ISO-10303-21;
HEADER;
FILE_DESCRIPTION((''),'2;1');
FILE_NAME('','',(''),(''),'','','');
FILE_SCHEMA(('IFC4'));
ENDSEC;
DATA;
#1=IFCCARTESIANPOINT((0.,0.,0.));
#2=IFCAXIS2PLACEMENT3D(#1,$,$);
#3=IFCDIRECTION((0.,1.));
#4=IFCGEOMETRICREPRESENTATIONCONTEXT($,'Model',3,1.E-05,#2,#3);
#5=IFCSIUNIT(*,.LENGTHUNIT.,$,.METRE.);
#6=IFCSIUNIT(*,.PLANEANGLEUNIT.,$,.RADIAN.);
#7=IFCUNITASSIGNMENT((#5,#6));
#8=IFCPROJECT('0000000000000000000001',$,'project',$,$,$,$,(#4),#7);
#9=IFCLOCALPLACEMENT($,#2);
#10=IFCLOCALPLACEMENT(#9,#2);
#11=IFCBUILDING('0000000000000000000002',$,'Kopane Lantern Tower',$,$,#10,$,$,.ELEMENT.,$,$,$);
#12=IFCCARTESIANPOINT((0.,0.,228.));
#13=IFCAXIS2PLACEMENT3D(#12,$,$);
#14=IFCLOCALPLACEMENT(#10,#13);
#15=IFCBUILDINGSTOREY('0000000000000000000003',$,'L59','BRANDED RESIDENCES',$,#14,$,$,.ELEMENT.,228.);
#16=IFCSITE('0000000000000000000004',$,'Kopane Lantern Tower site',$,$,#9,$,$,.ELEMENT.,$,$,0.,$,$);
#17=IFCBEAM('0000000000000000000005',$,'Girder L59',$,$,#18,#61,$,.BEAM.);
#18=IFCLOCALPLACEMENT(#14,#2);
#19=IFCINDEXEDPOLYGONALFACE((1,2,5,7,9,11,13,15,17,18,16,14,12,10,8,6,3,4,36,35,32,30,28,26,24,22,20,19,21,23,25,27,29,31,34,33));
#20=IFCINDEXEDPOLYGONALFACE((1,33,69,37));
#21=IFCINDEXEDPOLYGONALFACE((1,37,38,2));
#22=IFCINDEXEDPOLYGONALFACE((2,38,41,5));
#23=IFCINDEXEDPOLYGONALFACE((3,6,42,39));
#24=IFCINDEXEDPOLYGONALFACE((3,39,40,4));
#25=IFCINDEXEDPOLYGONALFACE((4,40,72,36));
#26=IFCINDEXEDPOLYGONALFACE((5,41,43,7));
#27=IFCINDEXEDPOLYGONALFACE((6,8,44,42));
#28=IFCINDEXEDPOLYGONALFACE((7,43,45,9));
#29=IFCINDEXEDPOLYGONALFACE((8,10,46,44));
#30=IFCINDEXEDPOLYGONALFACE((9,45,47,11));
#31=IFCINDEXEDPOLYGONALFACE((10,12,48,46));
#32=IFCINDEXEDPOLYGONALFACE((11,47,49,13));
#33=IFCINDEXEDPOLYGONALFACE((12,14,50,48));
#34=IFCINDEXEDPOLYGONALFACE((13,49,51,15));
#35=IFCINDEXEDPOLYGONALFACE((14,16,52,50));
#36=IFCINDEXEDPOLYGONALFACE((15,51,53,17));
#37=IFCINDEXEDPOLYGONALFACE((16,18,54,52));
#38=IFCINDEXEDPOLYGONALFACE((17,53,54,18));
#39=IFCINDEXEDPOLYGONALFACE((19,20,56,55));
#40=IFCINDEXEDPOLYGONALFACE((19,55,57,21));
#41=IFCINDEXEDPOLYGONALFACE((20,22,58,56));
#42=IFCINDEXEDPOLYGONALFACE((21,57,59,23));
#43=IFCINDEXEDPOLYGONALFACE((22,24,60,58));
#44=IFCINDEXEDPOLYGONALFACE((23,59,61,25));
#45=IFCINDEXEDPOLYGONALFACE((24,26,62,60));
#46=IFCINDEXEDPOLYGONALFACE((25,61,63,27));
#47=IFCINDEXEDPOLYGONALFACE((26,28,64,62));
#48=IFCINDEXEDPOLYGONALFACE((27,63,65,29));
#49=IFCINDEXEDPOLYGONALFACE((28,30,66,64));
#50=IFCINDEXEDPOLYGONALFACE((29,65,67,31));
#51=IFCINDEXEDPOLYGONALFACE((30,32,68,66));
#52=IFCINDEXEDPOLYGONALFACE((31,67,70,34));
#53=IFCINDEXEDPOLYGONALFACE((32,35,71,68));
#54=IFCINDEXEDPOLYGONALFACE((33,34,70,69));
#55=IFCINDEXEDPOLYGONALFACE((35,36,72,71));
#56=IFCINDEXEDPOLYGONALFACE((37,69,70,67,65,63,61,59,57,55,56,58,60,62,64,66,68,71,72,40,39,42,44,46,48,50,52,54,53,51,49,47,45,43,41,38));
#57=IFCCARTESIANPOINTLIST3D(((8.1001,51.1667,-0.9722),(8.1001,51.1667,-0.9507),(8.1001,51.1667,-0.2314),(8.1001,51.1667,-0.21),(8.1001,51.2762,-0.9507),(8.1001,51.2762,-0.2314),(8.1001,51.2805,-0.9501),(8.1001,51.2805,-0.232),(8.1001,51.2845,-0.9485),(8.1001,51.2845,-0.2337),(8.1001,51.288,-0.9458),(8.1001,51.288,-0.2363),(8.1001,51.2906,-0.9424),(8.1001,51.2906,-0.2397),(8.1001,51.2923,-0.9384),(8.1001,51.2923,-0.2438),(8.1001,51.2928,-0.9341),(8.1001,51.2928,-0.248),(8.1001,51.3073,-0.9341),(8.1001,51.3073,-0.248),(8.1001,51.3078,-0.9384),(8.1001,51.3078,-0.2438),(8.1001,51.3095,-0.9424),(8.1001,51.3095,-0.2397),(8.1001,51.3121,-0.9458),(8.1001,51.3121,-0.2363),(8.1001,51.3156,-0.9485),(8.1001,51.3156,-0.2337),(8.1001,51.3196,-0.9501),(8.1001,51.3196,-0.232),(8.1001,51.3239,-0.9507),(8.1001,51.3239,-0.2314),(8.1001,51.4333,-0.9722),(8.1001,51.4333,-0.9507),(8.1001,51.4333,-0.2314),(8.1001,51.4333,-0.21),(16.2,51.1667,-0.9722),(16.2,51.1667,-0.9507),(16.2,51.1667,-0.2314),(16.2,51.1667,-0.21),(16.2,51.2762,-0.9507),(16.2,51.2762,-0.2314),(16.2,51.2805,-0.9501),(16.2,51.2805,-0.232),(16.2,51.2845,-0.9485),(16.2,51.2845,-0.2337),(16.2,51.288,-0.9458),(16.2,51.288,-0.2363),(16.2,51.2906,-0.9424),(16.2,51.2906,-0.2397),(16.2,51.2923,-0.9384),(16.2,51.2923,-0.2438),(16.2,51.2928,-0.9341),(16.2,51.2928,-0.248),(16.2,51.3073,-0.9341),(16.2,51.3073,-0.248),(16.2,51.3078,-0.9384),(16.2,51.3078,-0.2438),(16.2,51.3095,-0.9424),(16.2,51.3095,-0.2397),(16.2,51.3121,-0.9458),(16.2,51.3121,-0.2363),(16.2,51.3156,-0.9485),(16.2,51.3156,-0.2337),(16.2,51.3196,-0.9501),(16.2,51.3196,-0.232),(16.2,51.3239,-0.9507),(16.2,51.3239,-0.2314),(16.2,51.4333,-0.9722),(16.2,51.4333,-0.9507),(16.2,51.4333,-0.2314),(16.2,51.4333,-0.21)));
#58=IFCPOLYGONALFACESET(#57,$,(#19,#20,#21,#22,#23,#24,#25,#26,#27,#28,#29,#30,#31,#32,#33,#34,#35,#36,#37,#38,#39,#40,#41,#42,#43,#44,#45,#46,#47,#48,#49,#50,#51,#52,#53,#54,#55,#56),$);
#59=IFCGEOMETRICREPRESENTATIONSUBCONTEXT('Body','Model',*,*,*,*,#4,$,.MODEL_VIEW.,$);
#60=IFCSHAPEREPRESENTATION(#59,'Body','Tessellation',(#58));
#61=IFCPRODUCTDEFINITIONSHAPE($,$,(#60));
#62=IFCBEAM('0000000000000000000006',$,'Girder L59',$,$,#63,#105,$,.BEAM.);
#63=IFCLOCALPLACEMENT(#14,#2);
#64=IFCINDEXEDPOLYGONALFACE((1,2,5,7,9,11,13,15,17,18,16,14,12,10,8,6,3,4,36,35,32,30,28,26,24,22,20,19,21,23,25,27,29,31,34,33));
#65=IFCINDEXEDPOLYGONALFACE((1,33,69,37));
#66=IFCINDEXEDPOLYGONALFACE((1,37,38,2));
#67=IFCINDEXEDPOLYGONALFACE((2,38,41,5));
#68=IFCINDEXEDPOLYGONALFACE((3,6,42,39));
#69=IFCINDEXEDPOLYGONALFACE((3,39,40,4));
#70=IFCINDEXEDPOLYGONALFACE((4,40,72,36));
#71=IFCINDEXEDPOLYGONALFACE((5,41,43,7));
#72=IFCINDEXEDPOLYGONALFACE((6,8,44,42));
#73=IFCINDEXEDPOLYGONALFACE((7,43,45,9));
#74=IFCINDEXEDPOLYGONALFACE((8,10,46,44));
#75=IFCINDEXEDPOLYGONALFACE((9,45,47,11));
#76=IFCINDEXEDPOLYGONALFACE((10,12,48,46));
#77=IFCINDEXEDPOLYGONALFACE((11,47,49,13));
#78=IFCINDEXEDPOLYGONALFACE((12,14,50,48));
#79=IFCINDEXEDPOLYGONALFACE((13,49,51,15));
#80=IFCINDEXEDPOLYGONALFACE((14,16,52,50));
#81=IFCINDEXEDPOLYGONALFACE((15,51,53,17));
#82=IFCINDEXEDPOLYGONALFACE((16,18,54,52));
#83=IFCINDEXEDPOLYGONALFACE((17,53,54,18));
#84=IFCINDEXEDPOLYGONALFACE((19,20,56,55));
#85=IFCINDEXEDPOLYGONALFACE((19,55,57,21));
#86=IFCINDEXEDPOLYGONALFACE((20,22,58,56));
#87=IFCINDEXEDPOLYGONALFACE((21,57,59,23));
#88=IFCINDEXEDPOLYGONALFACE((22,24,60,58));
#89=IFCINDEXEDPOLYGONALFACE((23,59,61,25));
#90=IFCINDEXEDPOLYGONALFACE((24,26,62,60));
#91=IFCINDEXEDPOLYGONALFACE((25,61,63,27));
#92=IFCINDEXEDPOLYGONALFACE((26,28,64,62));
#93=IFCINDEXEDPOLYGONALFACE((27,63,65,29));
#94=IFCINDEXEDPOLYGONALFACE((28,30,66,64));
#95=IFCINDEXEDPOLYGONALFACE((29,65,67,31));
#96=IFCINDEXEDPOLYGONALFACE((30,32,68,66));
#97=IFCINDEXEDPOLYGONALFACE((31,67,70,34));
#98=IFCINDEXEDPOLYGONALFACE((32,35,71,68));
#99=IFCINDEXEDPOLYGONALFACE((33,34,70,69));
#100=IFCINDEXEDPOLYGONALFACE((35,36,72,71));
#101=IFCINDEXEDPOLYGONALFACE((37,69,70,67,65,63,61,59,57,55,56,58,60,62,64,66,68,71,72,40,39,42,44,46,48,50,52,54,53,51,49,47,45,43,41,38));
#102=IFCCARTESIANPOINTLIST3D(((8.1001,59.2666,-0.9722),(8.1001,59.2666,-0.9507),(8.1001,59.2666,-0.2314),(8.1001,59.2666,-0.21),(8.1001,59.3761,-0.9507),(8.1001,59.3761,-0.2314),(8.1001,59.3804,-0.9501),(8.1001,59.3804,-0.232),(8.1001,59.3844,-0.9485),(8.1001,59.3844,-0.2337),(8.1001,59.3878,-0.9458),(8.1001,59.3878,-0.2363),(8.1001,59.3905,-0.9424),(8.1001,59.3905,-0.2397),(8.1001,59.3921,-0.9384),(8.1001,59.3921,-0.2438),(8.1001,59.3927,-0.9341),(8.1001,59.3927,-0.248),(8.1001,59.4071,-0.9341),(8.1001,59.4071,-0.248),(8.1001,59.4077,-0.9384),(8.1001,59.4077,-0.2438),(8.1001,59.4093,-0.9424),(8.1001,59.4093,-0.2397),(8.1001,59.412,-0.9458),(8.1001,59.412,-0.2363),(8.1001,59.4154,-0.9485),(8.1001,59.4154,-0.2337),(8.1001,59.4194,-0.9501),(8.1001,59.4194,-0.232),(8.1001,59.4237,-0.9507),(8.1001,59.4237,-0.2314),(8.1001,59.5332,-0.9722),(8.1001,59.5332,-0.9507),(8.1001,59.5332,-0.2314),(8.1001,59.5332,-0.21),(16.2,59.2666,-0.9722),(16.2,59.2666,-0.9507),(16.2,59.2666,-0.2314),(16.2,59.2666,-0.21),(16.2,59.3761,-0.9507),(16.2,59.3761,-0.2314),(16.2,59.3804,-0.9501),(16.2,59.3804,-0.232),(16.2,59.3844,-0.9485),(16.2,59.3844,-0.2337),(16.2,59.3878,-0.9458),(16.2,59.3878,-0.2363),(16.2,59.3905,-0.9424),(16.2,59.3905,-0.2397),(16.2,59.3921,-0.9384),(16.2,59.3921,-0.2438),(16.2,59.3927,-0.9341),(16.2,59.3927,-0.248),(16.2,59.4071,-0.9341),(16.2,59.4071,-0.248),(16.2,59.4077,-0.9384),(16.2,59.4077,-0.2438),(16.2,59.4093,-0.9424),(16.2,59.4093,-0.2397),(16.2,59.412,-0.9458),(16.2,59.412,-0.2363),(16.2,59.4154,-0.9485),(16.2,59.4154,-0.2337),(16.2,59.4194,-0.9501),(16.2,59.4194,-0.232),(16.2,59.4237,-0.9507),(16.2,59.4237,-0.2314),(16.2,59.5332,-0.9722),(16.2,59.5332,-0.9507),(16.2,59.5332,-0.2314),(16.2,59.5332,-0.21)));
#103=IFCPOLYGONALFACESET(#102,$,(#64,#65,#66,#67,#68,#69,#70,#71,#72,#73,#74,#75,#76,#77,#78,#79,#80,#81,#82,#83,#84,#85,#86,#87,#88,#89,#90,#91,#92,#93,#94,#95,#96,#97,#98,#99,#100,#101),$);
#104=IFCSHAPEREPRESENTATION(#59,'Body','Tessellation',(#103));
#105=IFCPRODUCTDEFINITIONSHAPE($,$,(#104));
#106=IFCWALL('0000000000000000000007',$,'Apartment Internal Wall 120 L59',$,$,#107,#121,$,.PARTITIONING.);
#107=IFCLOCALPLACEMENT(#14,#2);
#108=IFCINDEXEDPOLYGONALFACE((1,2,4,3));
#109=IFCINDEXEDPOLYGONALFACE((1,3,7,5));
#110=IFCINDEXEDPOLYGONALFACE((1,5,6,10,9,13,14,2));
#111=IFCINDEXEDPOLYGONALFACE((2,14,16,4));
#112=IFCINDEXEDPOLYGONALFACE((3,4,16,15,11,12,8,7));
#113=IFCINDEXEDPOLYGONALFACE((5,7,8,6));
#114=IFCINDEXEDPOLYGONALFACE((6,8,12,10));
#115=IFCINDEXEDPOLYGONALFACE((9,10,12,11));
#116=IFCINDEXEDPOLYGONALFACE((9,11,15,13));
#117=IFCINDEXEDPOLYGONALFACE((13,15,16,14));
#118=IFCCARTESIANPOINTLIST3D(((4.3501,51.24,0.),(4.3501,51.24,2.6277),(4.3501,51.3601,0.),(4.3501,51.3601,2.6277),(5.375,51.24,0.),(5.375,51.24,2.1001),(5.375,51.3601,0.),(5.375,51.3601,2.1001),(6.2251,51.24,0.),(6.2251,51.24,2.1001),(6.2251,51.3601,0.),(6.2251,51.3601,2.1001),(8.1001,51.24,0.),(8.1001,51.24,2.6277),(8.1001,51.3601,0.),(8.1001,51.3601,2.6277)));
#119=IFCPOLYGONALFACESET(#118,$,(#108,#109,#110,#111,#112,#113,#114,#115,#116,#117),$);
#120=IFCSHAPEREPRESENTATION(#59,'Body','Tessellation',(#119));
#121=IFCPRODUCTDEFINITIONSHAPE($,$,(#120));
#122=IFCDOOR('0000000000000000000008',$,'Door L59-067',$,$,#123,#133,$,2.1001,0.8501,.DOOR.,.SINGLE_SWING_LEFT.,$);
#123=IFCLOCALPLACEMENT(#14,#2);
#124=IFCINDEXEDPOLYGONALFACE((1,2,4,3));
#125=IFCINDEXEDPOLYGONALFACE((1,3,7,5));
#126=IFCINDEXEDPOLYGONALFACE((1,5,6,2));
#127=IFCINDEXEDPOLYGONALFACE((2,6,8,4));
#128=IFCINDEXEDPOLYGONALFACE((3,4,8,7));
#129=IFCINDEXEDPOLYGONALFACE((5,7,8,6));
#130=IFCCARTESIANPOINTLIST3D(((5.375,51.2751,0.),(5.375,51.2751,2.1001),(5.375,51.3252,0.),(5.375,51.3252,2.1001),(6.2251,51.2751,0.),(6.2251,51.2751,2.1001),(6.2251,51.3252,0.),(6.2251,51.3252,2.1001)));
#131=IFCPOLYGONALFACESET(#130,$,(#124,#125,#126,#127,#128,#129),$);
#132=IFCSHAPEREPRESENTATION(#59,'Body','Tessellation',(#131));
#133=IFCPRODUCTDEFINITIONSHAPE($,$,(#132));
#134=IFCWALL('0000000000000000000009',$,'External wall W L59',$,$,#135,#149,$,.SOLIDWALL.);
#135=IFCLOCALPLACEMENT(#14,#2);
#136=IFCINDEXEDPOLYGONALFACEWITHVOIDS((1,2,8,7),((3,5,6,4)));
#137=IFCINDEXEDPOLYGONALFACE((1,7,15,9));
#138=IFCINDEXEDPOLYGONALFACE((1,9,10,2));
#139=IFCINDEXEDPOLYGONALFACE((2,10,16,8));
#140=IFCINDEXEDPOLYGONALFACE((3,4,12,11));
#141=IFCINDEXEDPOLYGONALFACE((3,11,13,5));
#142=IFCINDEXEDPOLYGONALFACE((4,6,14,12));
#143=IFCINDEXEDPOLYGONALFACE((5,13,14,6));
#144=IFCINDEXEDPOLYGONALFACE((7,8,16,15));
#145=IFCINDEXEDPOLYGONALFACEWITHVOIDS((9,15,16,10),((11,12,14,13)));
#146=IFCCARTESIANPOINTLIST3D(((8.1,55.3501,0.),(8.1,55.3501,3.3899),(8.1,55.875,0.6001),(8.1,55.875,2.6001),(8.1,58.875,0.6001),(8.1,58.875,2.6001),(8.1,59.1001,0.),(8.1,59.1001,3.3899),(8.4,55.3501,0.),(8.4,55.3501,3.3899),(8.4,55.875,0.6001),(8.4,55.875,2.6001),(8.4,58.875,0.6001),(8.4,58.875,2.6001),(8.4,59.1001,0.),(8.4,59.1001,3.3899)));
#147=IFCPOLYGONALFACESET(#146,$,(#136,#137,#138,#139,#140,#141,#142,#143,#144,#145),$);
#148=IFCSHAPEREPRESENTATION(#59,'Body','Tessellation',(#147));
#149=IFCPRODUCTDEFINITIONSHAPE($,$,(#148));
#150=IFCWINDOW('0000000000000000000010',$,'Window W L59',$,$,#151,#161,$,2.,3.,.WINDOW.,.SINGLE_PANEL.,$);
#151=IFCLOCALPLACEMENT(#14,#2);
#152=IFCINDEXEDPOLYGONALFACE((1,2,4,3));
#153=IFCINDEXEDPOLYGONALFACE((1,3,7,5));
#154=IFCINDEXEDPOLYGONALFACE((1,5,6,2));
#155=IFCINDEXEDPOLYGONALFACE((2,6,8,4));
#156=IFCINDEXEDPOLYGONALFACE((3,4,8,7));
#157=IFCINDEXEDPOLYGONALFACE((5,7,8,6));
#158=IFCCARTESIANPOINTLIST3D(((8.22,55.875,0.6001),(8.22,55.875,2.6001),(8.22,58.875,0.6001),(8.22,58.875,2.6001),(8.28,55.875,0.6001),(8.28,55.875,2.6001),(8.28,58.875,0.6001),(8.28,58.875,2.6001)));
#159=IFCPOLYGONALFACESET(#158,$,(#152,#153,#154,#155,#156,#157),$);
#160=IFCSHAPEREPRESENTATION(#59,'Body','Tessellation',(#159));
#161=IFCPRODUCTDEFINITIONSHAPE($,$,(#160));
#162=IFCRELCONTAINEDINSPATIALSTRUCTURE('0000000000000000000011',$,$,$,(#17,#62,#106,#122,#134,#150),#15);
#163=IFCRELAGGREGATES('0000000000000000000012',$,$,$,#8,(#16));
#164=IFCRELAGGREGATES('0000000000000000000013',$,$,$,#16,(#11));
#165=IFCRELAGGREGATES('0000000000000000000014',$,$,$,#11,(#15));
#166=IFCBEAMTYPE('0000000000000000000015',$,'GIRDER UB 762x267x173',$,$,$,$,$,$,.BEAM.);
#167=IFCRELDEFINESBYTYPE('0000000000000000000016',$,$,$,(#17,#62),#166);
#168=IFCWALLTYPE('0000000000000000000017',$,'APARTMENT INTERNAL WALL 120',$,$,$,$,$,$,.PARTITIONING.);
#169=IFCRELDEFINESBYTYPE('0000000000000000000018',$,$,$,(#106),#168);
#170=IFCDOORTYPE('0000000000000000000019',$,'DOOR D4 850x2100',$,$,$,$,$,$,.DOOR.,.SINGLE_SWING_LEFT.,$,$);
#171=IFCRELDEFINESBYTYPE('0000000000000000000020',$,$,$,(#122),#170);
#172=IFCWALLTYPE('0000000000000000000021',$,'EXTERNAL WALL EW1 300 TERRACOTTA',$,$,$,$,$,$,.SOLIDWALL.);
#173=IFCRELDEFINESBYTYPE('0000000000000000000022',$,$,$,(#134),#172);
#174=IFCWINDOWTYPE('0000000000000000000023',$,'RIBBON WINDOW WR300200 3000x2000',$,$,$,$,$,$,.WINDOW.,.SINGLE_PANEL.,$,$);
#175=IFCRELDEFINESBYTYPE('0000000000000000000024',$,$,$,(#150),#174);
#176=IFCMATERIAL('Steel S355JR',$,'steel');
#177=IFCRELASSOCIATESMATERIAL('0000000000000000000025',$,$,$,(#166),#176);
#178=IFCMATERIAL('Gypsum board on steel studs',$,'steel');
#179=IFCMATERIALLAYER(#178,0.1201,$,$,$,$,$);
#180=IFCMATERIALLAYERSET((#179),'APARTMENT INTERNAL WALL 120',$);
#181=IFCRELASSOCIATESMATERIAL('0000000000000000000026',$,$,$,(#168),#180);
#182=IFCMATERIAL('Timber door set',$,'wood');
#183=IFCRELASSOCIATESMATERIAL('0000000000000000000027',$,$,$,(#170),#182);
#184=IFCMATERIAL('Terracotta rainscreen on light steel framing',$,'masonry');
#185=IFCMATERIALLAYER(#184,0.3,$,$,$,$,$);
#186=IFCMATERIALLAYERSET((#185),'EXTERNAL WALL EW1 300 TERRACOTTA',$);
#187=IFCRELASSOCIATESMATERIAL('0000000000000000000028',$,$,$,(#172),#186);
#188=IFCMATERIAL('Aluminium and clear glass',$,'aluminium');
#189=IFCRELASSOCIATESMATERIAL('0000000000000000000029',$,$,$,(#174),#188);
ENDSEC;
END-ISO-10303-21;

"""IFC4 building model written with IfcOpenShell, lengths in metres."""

from ifc_helpers import new_model, si_unit, direction, frame, frame_2d, origin, origin_2d, place, context, subcontext, project, spatial, rectangle, i_section, extrude, material, layer, layer_set, material_profile, profile_set, type_object, element, fill, save


model = new_model("IFC4")

# Units and contexts
model_context = context("Model", 3, precision=1e-05, world=origin(), true_north=direction((0.0, 1.0)))
body_context = subcontext(model_context, "Body", "Model", "MODEL_VIEW")
ifc_project = project(units=[si_unit("LENGTHUNIT", "METRE"), si_unit("PLANEANGLEUNIT", "RADIAN")], contexts=[model_context])

# Site, building, storey
site_placement = place(None, origin())
site = spatial("IfcSite", under=ifc_project, at=site_placement, Name="Kopane Lantern Tower site", CompositionType="ELEMENT", RefElevation=0.0)
building_placement = place(site_placement, origin())
building = spatial("IfcBuilding", under=site, at=building_placement, Name="Kopane Lantern Tower", CompositionType="ELEMENT")
storey_placement = place(building_placement, frame((0.0, 0.0, 228.0)))
storey = spatial("IfcBuildingStorey", under=building, at=storey_placement, Name="L59", Description="BRANDED RESIDENCES", CompositionType="ELEMENT", Elevation=228.0)

# Beams
ifc_material_1 = material(Name="Steel S355JR", Category="steel")
ifc_material_profile_1 = material_profile(ifc_material_1, i_section(OverallWidth=0.2666, OverallDepth=0.7622, WebThickness=0.0144, FlangeThickness=0.0215, FilletRadius=0.0166, at=origin_2d()), Name="UB 762x267x173")
ifc_profile_set_1 = profile_set([ifc_material_profile_1], Name="Steel S355JR")
beam_type_1 = type_object("IfcBeamType", Name="GIRDER UB 762x267x173", PredefinedType="BEAM", material=ifc_profile_set_1)
for number, where, z_axis, x_axis, name in (
    (1, (8.1001, 51.3, -0.5911), (1.0, 0.0, 0.0), (0.0, 1.0, 0.0), "Girder L59"),
    (2, (8.1001, 59.3999, -0.5911), (1.0, 0.0, 0.0), (0.0, 1.0, 0.0), "Girder L59"),
):
    element("IfcBeam", number, at=place(storey_placement, frame(where, z_axis=z_axis, x_axis=x_axis)), inside=storey, type_object=beam_type_1, Name=name, PredefinedType="BEAM", context=body_context, shape_type="SweptSolid", body=[
        extrude(i_section(OverallWidth=0.2666, OverallDepth=0.7622, WebThickness=0.0144, FlangeThickness=0.0215, FilletRadius=0.0166, at=origin_2d()), origin(), (0.0, 0.0, 1.0), 8.0999),
    ])

# Wall, opening, door
ifc_material_2 = material(Name="Gypsum board on steel studs", Category="steel")
ifc_layer_1 = layer(ifc_material_2, 0.1201)
ifc_layer_set_1 = layer_set([ifc_layer_1], Name="APARTMENT INTERNAL WALL 120")
wall_type_1 = type_object("IfcWallType", Name="APARTMENT INTERNAL WALL 120", PredefinedType="PARTITIONING", material=ifc_layer_set_1)
wall_1_placement = place(storey_placement, frame((8.1001, 51.3, 0.0), z_axis=(0.0, 0.0, 1.0), x_axis=(-1.0, 0.0, 0.0)))
wall_1 = element("IfcWall", 3, at=wall_1_placement, inside=storey, type_object=wall_type_1, Name="Apartment Internal Wall 120 L59", PredefinedType="PARTITIONING", context=body_context, shape_type="SweptSolid", body=[
    extrude(rectangle(XDim=3.75, YDim=0.1201, at=frame_2d((1.875, 0.0))), origin(), (0.0, 0.0, 1.0), 2.6277),
])
opening_1_placement = place(wall_1_placement, frame((1.875, 0.0, 0.0)))
opening_1 = element("IfcOpeningElement", 4, at=opening_1_placement, cuts=wall_1, PredefinedType="OPENING", context=body_context, shape_type="SweptSolid", body=[
    extrude(rectangle(XDim=0.8501, YDim=2.1001, at=frame_2d((0.425, 1.05))), frame((0.0, 0.0701, 0.0), z_axis=(0.0, -1.0, 0.0), x_axis=(1.0, 0.0, 0.0)), (0.0, 0.0, 1.0), 0.1401),
])
ifc_material_3 = material(Name="Timber door set", Category="wood")
door_type = type_object("IfcDoorType", Name="DOOR D4 850x2100", OperationType="SINGLE_SWING_LEFT", PredefinedType="DOOR", material=ifc_material_3)
door_placement = place(opening_1_placement, origin())
door = element("IfcDoor", 5, at=door_placement, inside=storey, type_object=door_type, Name="Door L59-067", OperationType="SINGLE_SWING_LEFT", OverallHeight=2.1001, OverallWidth=0.8501, PredefinedType="DOOR", context=body_context, shape_type="SweptSolid", body=[
    extrude(rectangle(XDim=0.8501, YDim=2.1001, at=frame_2d((0.425, 1.05))), frame((0.0, 0.0249, 0.0), z_axis=(0.0, -1.0, 0.0), x_axis=(1.0, 0.0, 0.0)), (0.0, 0.0, 1.0), 0.05),
])
fill(opening_1, door)

# Wall, opening, window
ifc_material_4 = material(Name="Terracotta rainscreen on light steel framing", Category="masonry")
ifc_layer_2 = layer(ifc_material_4, 0.3)
ifc_layer_set_2 = layer_set([ifc_layer_2], Name="EXTERNAL WALL EW1 300 TERRACOTTA")
wall_type_2 = type_object("IfcWallType", Name="EXTERNAL WALL EW1 300 TERRACOTTA", PredefinedType="SOLIDWALL", material=ifc_layer_set_2)
wall_2_placement = place(storey_placement, frame((8.25, 59.1001, 0.0), z_axis=(0.0, 0.0, 1.0), x_axis=(0.0, -1.0, 0.0)))
wall_2 = element("IfcWall", 6, at=wall_2_placement, inside=storey, type_object=wall_type_2, Name="External wall W L59", PredefinedType="SOLIDWALL", context=body_context, shape_type="SweptSolid", body=[
    extrude(rectangle(XDim=3.75, YDim=0.3, at=frame_2d((1.875, 0.0))), origin(), (0.0, 0.0, 1.0), 3.3899),
])
opening_2_placement = place(wall_2_placement, frame((0.2251, 0.0, 0.6001)))
opening_2 = element("IfcOpeningElement", 7, at=opening_2_placement, cuts=wall_2, PredefinedType="OPENING", context=body_context, shape_type="SweptSolid", body=[
    extrude(rectangle(XDim=3.0, YDim=2.0, at=frame_2d((1.5, 1.0))), frame((0.0, 0.1599, 0.0), z_axis=(0.0, -1.0, 0.0), x_axis=(1.0, 0.0, 0.0)), (0.0, 0.0, 1.0), 0.3201),
])
ifc_material_5 = material(Name="Aluminium and clear glass", Category="aluminium")
window_type = type_object("IfcWindowType", Name="RIBBON WINDOW WR300200 3000x2000", PartitioningType="SINGLE_PANEL", PredefinedType="WINDOW", material=ifc_material_5)
window_1_placement = place(opening_2_placement, origin())
window_1 = element("IfcWindow", 8, at=window_1_placement, inside=storey, type_object=window_type, Name="Window W L59", OverallHeight=2.0, OverallWidth=3.0, PartitioningType="SINGLE_PANEL", PredefinedType="WINDOW", context=body_context, shape_type="SweptSolid", body=[
    extrude(rectangle(XDim=3.0, YDim=2.0, at=frame_2d((1.5, 1.0))), frame((0.0, 0.03, 0.0), z_axis=(0.0, -1.0, 0.0), x_axis=(1.0, 0.0, 0.0)), (0.0, 0.0, 1.0), 0.0601),
])
fill(opening_2, window_1)

save(model, "model.ifc")
